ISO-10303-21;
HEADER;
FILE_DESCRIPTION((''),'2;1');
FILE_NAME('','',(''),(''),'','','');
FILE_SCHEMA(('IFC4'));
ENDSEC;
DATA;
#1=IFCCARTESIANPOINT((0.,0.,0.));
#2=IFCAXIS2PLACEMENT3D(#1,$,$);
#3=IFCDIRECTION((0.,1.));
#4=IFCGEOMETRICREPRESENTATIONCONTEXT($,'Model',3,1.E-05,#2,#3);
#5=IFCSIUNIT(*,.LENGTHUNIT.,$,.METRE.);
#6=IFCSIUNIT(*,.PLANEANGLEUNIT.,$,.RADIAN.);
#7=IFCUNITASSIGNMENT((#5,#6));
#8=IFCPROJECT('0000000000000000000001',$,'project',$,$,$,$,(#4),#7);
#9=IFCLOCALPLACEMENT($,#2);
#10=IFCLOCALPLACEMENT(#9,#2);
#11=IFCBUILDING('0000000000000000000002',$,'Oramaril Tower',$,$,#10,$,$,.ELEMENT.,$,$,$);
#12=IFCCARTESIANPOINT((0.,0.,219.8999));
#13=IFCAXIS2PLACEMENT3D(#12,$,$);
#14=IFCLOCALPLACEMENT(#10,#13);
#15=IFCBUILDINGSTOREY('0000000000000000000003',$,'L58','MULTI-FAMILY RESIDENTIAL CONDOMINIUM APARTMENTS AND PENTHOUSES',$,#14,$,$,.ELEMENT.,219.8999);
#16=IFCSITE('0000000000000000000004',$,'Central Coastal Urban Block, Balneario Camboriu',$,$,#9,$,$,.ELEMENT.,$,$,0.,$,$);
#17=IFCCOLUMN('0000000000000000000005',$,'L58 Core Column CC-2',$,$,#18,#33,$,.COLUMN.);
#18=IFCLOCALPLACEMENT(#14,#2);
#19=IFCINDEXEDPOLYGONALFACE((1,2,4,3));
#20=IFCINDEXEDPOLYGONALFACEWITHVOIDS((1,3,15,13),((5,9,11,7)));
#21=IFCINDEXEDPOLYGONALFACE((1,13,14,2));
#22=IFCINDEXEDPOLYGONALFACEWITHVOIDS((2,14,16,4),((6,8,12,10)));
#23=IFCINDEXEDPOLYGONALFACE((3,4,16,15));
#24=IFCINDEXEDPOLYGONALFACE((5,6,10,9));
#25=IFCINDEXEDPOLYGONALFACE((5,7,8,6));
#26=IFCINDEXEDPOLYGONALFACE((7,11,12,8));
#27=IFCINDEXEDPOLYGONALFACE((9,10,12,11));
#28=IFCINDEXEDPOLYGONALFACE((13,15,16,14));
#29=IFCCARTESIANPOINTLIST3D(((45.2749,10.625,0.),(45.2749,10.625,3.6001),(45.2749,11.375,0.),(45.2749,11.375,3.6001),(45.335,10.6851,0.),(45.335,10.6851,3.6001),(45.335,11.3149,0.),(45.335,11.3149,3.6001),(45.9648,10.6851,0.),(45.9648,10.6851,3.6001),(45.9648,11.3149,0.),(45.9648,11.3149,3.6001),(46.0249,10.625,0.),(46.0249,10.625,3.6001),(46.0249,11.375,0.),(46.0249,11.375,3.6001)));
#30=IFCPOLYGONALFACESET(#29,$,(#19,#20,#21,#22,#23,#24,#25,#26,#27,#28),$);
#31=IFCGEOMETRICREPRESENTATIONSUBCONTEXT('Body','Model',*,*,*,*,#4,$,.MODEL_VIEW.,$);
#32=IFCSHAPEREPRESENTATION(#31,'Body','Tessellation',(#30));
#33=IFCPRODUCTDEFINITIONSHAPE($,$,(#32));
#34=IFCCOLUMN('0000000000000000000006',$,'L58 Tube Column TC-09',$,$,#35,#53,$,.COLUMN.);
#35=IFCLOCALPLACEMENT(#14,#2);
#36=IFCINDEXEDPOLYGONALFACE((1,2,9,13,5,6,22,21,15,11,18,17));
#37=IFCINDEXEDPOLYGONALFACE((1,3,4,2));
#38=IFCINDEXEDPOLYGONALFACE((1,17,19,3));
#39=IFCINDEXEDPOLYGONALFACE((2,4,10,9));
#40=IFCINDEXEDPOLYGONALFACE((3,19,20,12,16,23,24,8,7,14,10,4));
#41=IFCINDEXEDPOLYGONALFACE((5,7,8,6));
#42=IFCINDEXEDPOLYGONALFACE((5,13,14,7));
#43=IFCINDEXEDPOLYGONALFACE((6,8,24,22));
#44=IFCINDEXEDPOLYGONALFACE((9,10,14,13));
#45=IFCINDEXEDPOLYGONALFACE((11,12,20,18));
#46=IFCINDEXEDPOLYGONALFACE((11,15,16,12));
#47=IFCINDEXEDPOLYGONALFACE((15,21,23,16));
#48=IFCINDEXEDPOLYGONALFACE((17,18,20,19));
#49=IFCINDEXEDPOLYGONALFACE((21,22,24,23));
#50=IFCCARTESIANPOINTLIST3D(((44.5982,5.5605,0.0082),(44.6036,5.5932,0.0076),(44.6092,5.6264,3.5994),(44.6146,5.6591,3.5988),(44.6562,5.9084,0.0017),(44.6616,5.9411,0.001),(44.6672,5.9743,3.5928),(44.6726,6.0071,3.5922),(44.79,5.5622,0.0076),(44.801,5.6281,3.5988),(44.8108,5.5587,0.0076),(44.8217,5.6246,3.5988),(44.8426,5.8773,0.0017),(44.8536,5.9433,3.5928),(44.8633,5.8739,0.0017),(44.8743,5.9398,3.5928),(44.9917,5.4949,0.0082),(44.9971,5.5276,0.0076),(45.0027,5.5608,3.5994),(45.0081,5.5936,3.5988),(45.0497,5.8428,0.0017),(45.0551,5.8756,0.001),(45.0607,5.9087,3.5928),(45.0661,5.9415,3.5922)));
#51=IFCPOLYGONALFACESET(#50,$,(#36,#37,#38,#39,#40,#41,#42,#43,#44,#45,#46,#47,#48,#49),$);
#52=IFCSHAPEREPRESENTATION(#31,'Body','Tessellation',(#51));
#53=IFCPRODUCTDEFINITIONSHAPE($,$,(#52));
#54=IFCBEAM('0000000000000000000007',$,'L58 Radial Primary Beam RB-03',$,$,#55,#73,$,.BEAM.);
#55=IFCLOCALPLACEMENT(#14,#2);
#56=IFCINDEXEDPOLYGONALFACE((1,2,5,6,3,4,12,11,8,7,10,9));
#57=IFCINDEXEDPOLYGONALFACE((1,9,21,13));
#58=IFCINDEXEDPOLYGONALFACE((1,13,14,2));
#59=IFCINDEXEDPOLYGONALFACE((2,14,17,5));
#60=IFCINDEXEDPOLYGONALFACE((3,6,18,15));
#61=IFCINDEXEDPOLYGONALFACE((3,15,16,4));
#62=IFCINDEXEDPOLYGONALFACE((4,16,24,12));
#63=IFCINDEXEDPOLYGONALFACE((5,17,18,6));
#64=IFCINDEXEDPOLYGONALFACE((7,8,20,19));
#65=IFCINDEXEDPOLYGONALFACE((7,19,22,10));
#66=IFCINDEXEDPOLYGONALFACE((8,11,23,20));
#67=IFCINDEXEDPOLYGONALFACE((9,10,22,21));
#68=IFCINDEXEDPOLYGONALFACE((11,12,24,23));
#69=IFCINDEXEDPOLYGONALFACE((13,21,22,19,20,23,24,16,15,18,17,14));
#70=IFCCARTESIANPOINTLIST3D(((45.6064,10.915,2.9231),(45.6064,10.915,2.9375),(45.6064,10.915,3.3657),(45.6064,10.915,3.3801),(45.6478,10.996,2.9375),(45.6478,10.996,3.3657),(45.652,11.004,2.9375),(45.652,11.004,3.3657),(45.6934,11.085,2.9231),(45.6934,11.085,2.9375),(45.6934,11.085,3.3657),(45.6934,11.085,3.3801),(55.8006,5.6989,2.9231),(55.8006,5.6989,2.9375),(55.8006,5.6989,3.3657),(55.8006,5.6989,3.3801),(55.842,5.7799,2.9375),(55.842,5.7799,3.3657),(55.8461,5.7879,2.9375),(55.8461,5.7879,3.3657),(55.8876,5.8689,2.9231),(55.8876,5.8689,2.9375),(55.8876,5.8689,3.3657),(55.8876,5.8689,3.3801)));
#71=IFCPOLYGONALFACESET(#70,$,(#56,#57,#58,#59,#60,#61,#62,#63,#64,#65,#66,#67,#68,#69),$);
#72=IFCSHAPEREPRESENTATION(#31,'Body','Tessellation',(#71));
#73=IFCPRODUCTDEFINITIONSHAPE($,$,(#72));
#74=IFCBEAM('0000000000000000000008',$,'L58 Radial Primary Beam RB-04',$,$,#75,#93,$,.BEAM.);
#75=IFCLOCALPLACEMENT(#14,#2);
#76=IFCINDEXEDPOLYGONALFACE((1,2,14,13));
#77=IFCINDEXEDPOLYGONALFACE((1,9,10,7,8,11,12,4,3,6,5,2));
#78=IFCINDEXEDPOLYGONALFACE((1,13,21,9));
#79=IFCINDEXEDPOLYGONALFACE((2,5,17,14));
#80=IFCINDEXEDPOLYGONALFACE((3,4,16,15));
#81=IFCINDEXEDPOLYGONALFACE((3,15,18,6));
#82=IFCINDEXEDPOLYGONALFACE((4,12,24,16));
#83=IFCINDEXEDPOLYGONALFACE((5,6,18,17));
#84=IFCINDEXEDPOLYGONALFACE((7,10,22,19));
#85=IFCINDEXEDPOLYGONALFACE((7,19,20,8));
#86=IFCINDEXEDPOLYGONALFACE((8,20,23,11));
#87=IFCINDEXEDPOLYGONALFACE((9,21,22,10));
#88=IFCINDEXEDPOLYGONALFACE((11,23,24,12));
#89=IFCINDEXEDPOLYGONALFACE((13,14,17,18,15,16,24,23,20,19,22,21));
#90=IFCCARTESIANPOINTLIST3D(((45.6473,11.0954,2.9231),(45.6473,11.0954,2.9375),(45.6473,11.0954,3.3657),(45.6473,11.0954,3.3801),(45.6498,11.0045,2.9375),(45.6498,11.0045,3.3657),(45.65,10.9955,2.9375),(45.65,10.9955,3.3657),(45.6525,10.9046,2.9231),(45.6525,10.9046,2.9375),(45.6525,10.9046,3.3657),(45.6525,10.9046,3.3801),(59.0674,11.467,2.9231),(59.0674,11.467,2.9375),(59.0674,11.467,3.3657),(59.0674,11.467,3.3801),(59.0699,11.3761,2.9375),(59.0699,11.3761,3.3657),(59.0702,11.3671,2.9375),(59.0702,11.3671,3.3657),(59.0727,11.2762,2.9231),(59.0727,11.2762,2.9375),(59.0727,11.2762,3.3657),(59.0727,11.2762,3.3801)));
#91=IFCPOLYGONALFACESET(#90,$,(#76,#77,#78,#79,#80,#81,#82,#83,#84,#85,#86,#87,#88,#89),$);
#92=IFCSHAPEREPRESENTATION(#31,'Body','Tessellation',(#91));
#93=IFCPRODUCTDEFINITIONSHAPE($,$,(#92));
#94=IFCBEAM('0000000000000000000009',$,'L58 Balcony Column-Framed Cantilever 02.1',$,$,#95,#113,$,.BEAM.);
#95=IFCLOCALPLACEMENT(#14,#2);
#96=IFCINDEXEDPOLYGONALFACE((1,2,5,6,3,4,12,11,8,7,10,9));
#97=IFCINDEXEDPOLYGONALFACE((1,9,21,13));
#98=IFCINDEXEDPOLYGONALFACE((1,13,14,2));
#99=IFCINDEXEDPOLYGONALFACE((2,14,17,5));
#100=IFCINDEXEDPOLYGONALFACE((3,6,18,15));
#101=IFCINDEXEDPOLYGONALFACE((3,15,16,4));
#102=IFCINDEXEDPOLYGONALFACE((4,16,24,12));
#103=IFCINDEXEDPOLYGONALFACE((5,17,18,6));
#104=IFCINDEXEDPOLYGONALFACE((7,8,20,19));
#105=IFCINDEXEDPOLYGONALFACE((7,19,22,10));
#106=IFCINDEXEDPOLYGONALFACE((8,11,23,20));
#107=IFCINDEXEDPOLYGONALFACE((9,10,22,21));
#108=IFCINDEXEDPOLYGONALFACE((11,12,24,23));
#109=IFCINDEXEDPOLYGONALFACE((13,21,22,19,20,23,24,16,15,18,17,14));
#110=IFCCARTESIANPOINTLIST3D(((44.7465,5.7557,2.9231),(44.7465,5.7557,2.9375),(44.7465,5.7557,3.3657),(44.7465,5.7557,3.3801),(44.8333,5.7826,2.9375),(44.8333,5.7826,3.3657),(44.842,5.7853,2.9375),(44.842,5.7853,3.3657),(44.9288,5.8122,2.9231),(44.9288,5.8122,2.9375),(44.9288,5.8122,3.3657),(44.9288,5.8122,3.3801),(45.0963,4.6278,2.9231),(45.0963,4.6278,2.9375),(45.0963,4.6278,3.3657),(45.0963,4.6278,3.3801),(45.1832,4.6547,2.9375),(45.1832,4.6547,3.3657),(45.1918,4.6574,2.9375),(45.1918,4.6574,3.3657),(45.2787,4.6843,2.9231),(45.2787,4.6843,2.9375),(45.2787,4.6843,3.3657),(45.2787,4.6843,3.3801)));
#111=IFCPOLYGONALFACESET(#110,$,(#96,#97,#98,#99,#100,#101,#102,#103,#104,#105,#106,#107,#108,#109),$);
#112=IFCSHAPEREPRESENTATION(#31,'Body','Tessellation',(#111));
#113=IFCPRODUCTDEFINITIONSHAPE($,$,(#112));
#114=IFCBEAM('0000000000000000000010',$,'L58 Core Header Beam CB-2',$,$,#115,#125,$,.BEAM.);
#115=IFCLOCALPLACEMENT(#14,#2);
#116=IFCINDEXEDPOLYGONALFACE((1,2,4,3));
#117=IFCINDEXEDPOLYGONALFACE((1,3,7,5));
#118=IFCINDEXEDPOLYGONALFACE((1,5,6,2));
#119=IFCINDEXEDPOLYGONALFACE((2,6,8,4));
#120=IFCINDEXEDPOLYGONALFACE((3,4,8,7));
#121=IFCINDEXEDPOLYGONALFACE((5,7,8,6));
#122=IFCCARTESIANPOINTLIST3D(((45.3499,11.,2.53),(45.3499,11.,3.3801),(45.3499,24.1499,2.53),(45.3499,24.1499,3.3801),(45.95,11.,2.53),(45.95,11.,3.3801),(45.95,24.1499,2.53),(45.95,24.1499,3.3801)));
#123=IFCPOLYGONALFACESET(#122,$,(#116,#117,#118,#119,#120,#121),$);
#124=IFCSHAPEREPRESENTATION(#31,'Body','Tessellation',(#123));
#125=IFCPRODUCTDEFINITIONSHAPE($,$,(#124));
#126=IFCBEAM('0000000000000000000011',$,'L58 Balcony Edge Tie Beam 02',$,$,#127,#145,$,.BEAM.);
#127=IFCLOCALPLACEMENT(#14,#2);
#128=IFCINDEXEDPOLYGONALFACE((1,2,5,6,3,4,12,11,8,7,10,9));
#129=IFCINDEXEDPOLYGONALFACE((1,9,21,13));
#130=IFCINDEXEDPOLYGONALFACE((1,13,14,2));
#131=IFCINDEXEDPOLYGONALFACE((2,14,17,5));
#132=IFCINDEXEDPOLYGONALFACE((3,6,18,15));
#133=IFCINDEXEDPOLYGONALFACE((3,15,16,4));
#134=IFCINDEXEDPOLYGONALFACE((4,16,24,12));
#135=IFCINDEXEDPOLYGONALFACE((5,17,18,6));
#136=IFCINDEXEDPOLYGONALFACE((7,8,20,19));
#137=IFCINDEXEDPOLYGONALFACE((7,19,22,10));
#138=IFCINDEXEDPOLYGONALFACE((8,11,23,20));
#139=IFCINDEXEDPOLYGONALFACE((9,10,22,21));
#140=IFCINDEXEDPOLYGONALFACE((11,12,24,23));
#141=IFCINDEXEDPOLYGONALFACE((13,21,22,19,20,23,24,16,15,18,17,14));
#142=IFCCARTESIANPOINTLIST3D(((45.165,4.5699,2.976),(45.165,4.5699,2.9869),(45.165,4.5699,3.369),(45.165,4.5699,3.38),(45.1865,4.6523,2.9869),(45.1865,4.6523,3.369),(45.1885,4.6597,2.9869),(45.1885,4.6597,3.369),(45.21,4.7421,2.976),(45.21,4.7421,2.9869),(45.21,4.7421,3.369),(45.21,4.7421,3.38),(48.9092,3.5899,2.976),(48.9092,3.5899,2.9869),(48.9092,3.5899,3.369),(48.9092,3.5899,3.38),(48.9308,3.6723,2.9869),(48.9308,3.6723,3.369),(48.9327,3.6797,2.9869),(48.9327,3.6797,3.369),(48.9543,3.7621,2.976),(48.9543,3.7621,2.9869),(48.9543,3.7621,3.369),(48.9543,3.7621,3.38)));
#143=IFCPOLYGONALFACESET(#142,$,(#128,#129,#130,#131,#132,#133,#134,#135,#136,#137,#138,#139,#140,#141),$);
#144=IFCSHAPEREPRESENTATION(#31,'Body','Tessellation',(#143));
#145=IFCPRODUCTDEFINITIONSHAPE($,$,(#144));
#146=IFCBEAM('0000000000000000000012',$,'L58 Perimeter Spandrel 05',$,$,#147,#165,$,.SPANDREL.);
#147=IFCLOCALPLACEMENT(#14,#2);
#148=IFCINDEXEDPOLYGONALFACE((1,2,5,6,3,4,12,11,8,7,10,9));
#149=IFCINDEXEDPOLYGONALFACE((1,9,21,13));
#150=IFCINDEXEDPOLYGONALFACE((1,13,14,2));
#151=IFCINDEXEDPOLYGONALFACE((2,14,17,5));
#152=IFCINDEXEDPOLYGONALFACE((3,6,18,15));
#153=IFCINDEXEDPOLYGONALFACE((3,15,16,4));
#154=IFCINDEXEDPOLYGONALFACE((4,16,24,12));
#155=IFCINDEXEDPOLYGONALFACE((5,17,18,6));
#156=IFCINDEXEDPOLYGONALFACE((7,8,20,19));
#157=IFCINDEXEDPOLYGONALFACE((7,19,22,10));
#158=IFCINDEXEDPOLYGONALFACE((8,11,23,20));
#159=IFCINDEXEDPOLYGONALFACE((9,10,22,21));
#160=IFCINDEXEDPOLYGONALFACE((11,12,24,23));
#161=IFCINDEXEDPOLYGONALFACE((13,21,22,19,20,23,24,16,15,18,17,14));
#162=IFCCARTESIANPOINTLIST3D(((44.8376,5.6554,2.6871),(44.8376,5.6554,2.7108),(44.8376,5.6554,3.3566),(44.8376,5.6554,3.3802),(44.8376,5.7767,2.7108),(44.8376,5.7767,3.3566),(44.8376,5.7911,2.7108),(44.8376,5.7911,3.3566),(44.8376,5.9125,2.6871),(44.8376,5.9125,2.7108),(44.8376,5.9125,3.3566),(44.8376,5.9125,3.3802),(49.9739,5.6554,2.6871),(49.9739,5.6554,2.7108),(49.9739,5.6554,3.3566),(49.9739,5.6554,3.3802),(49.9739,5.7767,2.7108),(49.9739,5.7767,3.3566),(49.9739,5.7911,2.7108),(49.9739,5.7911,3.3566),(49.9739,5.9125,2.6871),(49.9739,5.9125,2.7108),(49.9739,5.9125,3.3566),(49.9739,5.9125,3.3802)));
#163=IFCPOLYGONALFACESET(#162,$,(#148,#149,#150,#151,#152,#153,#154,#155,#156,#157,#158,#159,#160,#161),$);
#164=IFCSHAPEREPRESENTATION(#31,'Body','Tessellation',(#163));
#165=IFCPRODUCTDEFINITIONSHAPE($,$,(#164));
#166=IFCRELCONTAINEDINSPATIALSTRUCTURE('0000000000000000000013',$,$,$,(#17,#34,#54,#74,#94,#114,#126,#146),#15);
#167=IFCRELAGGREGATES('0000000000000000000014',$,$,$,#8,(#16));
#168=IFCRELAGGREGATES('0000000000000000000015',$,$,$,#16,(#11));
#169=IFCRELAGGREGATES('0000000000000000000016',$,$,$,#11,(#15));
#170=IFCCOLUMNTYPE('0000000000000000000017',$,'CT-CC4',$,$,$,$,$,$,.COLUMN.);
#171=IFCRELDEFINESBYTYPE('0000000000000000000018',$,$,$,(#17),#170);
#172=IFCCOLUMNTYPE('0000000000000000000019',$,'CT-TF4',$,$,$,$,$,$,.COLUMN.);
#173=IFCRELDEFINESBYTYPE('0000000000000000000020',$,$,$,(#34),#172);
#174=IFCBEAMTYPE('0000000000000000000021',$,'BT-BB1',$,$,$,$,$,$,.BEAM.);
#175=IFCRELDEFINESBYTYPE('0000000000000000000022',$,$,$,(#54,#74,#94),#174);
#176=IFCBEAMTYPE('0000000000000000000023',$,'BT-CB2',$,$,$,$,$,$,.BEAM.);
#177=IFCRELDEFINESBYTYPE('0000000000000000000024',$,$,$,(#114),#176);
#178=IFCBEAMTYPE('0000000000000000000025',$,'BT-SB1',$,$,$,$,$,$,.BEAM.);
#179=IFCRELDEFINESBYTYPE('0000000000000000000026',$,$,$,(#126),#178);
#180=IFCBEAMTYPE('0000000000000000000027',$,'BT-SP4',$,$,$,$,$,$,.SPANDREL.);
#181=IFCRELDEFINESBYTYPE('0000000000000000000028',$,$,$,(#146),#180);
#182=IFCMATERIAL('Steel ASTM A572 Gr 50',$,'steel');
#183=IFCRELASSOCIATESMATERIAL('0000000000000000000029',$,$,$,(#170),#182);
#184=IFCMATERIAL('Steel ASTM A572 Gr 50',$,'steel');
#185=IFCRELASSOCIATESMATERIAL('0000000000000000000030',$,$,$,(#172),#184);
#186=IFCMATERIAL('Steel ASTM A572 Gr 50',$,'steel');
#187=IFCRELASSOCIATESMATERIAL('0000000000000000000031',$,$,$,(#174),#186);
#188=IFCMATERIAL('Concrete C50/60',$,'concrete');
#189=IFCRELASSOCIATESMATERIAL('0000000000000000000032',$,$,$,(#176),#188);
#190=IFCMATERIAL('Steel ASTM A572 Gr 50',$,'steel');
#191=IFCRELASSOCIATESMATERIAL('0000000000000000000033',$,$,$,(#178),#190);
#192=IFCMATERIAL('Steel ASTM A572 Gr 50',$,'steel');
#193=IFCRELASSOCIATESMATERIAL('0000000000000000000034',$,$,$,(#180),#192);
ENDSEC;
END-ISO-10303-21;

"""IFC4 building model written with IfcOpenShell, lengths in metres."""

from ifc_helpers import new_model, si_unit, direction, frame, origin, origin_2d, place, context, subcontext, project, spatial, rectangle, hollow_rectangle, i_section, extrude, material, material_profile, profile_set, type_object, element, save


model = new_model("IFC4")

# Units and contexts
model_context = context("Model", 3, precision=1e-05, world=origin(), true_north=direction((0.0, 1.0)))
body_context = subcontext(model_context, "Body", "Model", "MODEL_VIEW")
ifc_project = project(units=[si_unit("LENGTHUNIT", "METRE"), si_unit("PLANEANGLEUNIT", "RADIAN")], contexts=[model_context])

# Site, building, storey
site_placement = place(None, origin())
site = spatial("IfcSite", under=ifc_project, at=site_placement, Name="Central Coastal Urban Block, Balneario Camboriu", CompositionType="ELEMENT", RefElevation=0.0)
building_placement = place(site_placement, origin())
building = spatial("IfcBuilding", under=site, at=building_placement, Name="Oramaril Tower", CompositionType="ELEMENT")
storey_placement = place(building_placement, frame((0.0, 0.0, 219.8999)))
storey = spatial("IfcBuildingStorey", under=building, at=storey_placement, Name="L58", Description="MULTI-FAMILY RESIDENTIAL CONDOMINIUM APARTMENTS AND PENTHOUSES", CompositionType="ELEMENT", Elevation=219.8999)

# Columns
ifc_material_1 = material(Name="Steel ASTM A572 Gr 50", Category="steel")
ifc_material_profile_1 = material_profile(ifc_material_1, hollow_rectangle(XDim=0.75, YDim=0.75, WallThickness=0.0601, at=origin_2d()), Name="BOX750X750X60")
ifc_profile_set_1 = profile_set([ifc_material_profile_1], Name="Steel ASTM A572 Gr 50")
column_type_1 = type_object("IfcColumnType", Name="CT-CC4", PredefinedType="COLUMN", material=ifc_profile_set_1)
column_1_placement = place(storey_placement, frame((45.6499, 11.0, 0.0), z_axis=(0.0, 0.0, 1.0), x_axis=(1.0, 0.0, 0.0)))
element("IfcColumn", 1, at=column_1_placement, inside=storey, type_object=column_type_1, Name="L58 Core Column CC-2", PredefinedType="COLUMN", context=body_context, shape_type="SweptSolid", body=[
    extrude(hollow_rectangle(XDim=0.75, YDim=0.75, WallThickness=0.0601, at=origin_2d()), origin(), (0.0, 0.0, 1.0), 3.6001),
])
ifc_material_2 = material(Name="Steel ASTM A572 Gr 50", Category="steel")
ifc_material_profile_2 = material_profile(ifc_material_2, i_section(OverallWidth=0.3989, OverallDepth=0.386, WebThickness=0.021, FlangeThickness=0.0332, at=origin_2d()), Name="W14X176")
ifc_profile_set_2 = profile_set([ifc_material_profile_2], Name="Steel ASTM A572 Gr 50")
column_type_2 = type_object("IfcColumnType", Name="CT-TF4", PredefinedType="COLUMN", material=ifc_profile_set_2)
column_2_placement = place(storey_placement, frame((44.8267, 5.718, 0.0046), z_axis=(0.003059, 0.018353, 0.999827), x_axis=(-0.986394, 0.164399, 0.0)))
element("IfcColumn", 2, at=column_2_placement, inside=storey, type_object=column_type_2, Name="L58 Tube Column TC-09", PredefinedType="COLUMN", context=body_context, shape_type="SweptSolid", body=[
    extrude(i_section(OverallWidth=0.3989, OverallDepth=0.386, WebThickness=0.021, FlangeThickness=0.0332, at=origin_2d()), origin(), (0.0, 0.0, 1.0), 3.5918),
])

# Beams
ifc_material_3 = material(Name="Steel ASTM A572 Gr 50", Category="steel")
ifc_material_profile_3 = material_profile(ifc_material_3, i_section(OverallWidth=0.1909, OverallDepth=0.457, WebThickness=0.009, FlangeThickness=0.0144, at=origin_2d()), Name="W18X50")
ifc_profile_set_3 = profile_set([ifc_material_profile_3], Name="Steel ASTM A572 Gr 50")
beam_type_1 = type_object("IfcBeamType", Name="BT-BB1", PredefinedType="BEAM", material=ifc_profile_set_3)
beam_1_placement = place(storey_placement, frame((45.6499, 11.0, 3.1516), z_axis=(0.890231, -0.455509, 0.0), x_axis=(0.455509, 0.890231, 0.0)))
element("IfcBeam", 3, at=beam_1_placement, inside=storey, type_object=beam_type_1, Name="L58 Radial Primary Beam RB-03", PredefinedType="BEAM", context=body_context, shape_type="SweptSolid", body=[
    extrude(i_section(OverallWidth=0.1909, OverallDepth=0.457, WebThickness=0.009, FlangeThickness=0.0144, at=origin_2d()), origin(), (0.0, 0.0, 1.0), 11.4512),
])
beam_2_placement = place(storey_placement, frame((45.6499, 11.0, 3.1516), z_axis=(0.999617, 0.027678, 0.0), x_axis=(-0.027678, 0.999617, 0.0)))
element("IfcBeam", 4, at=beam_2_placement, inside=storey, type_object=beam_type_1, Name="L58 Radial Primary Beam RB-04", PredefinedType="BEAM", context=body_context, shape_type="SweptSolid", body=[
    extrude(i_section(OverallWidth=0.1909, OverallDepth=0.457, WebThickness=0.009, FlangeThickness=0.0144, at=origin_2d()), origin(), (0.0, 0.0, 1.0), 13.4253),
])
beam_3_placement = place(storey_placement, frame((44.8376, 5.7839, 3.1516), z_axis=(0.29625, -0.955111, 0.0), x_axis=(0.955111, 0.29625, 0.0)))
element("IfcBeam", 5, at=beam_3_placement, inside=storey, type_object=beam_type_1, Name="L58 Balcony Column-Framed Cantilever 02.1", PredefinedType="BEAM", context=body_context, shape_type="SweptSolid", body=[
    extrude(i_section(OverallWidth=0.1909, OverallDepth=0.457, WebThickness=0.009, FlangeThickness=0.0144, at=origin_2d()), origin(), (0.0, 0.0, 1.0), 1.1809),
])
ifc_material_4 = material(Name="Concrete C50/60", Category="concrete")
ifc_material_profile_4 = material_profile(ifc_material_4, rectangle(XDim=0.6001, YDim=0.8501, at=origin_2d()), Name="CB600X850")
ifc_profile_set_4 = profile_set([ifc_material_profile_4], Name="Concrete C50/60")
beam_type_2 = type_object("IfcBeamType", Name="BT-CB2", PredefinedType="BEAM", material=ifc_profile_set_4)
beam_4_placement = place(storey_placement, frame((45.6499, 11.0, 2.9551), z_axis=(0.0, 1.0, 0.0), x_axis=(-1.0, 0.0, 0.0)))
element("IfcBeam", 6, at=beam_4_placement, inside=storey, type_object=beam_type_2, Name="L58 Core Header Beam CB-2", PredefinedType="BEAM", context=body_context, shape_type="SweptSolid", body=[
    extrude(rectangle(XDim=0.6001, YDim=0.8501, at=origin_2d()), origin(), (0.0, 0.0, 1.0), 13.1499),
])
ifc_material_5 = material(Name="Steel ASTM A572 Gr 50", Category="steel")
ifc_material_profile_5 = material_profile(ifc_material_5, i_section(OverallWidth=0.178, OverallDepth=0.4041, WebThickness=0.0076, FlangeThickness=0.011, at=origin_2d()), Name="W16X36")
ifc_profile_set_5 = profile_set([ifc_material_profile_5], Name="Steel ASTM A572 Gr 50")
beam_type_3 = type_object("IfcBeamType", Name="BT-SB1", PredefinedType="BEAM", material=ifc_profile_set_5)
beam_5_placement = place(storey_placement, frame((45.1875, 4.656, 3.178), z_axis=(0.967412, -0.253208, 0.0), x_axis=(0.253208, 0.967412, 0.0)))
element("IfcBeam", 7, at=beam_5_placement, inside=storey, type_object=beam_type_3, Name="L58 Balcony Edge Tie Beam 02", PredefinedType="BEAM", context=body_context, shape_type="SweptSolid", body=[
    extrude(i_section(OverallWidth=0.178, OverallDepth=0.4041, WebThickness=0.0076, FlangeThickness=0.011, at=origin_2d()), origin(), (0.0, 0.0, 1.0), 3.8704),
])
ifc_material_6 = material(Name="Steel ASTM A572 Gr 50", Category="steel")
ifc_material_profile_6 = material_profile(ifc_material_6, i_section(OverallWidth=0.2571, OverallDepth=0.6931, WebThickness=0.0144, FlangeThickness=0.0237, at=origin_2d()), Name="W27X114")
ifc_profile_set_6 = profile_set([ifc_material_profile_6], Name="Steel ASTM A572 Gr 50")
beam_type_4 = type_object("IfcBeamType", Name="BT-SP4", PredefinedType="SPANDREL", material=ifc_profile_set_6)
beam_6_placement = place(storey_placement, frame((44.8376, 5.7839, 3.0337), z_axis=(1.0, 0.0, 0.0), x_axis=(0.0, 1.0, 0.0)))
element("IfcBeam", 8, at=beam_6_placement, inside=storey, type_object=beam_type_4, Name="L58 Perimeter Spandrel 05", PredefinedType="SPANDREL", context=body_context, shape_type="SweptSolid", body=[
    extrude(i_section(OverallWidth=0.2571, OverallDepth=0.6931, WebThickness=0.0144, FlangeThickness=0.0237, at=origin_2d()), origin(), (0.0, 0.0, 1.0), 5.1362),
])

save(model, "model.ifc")
